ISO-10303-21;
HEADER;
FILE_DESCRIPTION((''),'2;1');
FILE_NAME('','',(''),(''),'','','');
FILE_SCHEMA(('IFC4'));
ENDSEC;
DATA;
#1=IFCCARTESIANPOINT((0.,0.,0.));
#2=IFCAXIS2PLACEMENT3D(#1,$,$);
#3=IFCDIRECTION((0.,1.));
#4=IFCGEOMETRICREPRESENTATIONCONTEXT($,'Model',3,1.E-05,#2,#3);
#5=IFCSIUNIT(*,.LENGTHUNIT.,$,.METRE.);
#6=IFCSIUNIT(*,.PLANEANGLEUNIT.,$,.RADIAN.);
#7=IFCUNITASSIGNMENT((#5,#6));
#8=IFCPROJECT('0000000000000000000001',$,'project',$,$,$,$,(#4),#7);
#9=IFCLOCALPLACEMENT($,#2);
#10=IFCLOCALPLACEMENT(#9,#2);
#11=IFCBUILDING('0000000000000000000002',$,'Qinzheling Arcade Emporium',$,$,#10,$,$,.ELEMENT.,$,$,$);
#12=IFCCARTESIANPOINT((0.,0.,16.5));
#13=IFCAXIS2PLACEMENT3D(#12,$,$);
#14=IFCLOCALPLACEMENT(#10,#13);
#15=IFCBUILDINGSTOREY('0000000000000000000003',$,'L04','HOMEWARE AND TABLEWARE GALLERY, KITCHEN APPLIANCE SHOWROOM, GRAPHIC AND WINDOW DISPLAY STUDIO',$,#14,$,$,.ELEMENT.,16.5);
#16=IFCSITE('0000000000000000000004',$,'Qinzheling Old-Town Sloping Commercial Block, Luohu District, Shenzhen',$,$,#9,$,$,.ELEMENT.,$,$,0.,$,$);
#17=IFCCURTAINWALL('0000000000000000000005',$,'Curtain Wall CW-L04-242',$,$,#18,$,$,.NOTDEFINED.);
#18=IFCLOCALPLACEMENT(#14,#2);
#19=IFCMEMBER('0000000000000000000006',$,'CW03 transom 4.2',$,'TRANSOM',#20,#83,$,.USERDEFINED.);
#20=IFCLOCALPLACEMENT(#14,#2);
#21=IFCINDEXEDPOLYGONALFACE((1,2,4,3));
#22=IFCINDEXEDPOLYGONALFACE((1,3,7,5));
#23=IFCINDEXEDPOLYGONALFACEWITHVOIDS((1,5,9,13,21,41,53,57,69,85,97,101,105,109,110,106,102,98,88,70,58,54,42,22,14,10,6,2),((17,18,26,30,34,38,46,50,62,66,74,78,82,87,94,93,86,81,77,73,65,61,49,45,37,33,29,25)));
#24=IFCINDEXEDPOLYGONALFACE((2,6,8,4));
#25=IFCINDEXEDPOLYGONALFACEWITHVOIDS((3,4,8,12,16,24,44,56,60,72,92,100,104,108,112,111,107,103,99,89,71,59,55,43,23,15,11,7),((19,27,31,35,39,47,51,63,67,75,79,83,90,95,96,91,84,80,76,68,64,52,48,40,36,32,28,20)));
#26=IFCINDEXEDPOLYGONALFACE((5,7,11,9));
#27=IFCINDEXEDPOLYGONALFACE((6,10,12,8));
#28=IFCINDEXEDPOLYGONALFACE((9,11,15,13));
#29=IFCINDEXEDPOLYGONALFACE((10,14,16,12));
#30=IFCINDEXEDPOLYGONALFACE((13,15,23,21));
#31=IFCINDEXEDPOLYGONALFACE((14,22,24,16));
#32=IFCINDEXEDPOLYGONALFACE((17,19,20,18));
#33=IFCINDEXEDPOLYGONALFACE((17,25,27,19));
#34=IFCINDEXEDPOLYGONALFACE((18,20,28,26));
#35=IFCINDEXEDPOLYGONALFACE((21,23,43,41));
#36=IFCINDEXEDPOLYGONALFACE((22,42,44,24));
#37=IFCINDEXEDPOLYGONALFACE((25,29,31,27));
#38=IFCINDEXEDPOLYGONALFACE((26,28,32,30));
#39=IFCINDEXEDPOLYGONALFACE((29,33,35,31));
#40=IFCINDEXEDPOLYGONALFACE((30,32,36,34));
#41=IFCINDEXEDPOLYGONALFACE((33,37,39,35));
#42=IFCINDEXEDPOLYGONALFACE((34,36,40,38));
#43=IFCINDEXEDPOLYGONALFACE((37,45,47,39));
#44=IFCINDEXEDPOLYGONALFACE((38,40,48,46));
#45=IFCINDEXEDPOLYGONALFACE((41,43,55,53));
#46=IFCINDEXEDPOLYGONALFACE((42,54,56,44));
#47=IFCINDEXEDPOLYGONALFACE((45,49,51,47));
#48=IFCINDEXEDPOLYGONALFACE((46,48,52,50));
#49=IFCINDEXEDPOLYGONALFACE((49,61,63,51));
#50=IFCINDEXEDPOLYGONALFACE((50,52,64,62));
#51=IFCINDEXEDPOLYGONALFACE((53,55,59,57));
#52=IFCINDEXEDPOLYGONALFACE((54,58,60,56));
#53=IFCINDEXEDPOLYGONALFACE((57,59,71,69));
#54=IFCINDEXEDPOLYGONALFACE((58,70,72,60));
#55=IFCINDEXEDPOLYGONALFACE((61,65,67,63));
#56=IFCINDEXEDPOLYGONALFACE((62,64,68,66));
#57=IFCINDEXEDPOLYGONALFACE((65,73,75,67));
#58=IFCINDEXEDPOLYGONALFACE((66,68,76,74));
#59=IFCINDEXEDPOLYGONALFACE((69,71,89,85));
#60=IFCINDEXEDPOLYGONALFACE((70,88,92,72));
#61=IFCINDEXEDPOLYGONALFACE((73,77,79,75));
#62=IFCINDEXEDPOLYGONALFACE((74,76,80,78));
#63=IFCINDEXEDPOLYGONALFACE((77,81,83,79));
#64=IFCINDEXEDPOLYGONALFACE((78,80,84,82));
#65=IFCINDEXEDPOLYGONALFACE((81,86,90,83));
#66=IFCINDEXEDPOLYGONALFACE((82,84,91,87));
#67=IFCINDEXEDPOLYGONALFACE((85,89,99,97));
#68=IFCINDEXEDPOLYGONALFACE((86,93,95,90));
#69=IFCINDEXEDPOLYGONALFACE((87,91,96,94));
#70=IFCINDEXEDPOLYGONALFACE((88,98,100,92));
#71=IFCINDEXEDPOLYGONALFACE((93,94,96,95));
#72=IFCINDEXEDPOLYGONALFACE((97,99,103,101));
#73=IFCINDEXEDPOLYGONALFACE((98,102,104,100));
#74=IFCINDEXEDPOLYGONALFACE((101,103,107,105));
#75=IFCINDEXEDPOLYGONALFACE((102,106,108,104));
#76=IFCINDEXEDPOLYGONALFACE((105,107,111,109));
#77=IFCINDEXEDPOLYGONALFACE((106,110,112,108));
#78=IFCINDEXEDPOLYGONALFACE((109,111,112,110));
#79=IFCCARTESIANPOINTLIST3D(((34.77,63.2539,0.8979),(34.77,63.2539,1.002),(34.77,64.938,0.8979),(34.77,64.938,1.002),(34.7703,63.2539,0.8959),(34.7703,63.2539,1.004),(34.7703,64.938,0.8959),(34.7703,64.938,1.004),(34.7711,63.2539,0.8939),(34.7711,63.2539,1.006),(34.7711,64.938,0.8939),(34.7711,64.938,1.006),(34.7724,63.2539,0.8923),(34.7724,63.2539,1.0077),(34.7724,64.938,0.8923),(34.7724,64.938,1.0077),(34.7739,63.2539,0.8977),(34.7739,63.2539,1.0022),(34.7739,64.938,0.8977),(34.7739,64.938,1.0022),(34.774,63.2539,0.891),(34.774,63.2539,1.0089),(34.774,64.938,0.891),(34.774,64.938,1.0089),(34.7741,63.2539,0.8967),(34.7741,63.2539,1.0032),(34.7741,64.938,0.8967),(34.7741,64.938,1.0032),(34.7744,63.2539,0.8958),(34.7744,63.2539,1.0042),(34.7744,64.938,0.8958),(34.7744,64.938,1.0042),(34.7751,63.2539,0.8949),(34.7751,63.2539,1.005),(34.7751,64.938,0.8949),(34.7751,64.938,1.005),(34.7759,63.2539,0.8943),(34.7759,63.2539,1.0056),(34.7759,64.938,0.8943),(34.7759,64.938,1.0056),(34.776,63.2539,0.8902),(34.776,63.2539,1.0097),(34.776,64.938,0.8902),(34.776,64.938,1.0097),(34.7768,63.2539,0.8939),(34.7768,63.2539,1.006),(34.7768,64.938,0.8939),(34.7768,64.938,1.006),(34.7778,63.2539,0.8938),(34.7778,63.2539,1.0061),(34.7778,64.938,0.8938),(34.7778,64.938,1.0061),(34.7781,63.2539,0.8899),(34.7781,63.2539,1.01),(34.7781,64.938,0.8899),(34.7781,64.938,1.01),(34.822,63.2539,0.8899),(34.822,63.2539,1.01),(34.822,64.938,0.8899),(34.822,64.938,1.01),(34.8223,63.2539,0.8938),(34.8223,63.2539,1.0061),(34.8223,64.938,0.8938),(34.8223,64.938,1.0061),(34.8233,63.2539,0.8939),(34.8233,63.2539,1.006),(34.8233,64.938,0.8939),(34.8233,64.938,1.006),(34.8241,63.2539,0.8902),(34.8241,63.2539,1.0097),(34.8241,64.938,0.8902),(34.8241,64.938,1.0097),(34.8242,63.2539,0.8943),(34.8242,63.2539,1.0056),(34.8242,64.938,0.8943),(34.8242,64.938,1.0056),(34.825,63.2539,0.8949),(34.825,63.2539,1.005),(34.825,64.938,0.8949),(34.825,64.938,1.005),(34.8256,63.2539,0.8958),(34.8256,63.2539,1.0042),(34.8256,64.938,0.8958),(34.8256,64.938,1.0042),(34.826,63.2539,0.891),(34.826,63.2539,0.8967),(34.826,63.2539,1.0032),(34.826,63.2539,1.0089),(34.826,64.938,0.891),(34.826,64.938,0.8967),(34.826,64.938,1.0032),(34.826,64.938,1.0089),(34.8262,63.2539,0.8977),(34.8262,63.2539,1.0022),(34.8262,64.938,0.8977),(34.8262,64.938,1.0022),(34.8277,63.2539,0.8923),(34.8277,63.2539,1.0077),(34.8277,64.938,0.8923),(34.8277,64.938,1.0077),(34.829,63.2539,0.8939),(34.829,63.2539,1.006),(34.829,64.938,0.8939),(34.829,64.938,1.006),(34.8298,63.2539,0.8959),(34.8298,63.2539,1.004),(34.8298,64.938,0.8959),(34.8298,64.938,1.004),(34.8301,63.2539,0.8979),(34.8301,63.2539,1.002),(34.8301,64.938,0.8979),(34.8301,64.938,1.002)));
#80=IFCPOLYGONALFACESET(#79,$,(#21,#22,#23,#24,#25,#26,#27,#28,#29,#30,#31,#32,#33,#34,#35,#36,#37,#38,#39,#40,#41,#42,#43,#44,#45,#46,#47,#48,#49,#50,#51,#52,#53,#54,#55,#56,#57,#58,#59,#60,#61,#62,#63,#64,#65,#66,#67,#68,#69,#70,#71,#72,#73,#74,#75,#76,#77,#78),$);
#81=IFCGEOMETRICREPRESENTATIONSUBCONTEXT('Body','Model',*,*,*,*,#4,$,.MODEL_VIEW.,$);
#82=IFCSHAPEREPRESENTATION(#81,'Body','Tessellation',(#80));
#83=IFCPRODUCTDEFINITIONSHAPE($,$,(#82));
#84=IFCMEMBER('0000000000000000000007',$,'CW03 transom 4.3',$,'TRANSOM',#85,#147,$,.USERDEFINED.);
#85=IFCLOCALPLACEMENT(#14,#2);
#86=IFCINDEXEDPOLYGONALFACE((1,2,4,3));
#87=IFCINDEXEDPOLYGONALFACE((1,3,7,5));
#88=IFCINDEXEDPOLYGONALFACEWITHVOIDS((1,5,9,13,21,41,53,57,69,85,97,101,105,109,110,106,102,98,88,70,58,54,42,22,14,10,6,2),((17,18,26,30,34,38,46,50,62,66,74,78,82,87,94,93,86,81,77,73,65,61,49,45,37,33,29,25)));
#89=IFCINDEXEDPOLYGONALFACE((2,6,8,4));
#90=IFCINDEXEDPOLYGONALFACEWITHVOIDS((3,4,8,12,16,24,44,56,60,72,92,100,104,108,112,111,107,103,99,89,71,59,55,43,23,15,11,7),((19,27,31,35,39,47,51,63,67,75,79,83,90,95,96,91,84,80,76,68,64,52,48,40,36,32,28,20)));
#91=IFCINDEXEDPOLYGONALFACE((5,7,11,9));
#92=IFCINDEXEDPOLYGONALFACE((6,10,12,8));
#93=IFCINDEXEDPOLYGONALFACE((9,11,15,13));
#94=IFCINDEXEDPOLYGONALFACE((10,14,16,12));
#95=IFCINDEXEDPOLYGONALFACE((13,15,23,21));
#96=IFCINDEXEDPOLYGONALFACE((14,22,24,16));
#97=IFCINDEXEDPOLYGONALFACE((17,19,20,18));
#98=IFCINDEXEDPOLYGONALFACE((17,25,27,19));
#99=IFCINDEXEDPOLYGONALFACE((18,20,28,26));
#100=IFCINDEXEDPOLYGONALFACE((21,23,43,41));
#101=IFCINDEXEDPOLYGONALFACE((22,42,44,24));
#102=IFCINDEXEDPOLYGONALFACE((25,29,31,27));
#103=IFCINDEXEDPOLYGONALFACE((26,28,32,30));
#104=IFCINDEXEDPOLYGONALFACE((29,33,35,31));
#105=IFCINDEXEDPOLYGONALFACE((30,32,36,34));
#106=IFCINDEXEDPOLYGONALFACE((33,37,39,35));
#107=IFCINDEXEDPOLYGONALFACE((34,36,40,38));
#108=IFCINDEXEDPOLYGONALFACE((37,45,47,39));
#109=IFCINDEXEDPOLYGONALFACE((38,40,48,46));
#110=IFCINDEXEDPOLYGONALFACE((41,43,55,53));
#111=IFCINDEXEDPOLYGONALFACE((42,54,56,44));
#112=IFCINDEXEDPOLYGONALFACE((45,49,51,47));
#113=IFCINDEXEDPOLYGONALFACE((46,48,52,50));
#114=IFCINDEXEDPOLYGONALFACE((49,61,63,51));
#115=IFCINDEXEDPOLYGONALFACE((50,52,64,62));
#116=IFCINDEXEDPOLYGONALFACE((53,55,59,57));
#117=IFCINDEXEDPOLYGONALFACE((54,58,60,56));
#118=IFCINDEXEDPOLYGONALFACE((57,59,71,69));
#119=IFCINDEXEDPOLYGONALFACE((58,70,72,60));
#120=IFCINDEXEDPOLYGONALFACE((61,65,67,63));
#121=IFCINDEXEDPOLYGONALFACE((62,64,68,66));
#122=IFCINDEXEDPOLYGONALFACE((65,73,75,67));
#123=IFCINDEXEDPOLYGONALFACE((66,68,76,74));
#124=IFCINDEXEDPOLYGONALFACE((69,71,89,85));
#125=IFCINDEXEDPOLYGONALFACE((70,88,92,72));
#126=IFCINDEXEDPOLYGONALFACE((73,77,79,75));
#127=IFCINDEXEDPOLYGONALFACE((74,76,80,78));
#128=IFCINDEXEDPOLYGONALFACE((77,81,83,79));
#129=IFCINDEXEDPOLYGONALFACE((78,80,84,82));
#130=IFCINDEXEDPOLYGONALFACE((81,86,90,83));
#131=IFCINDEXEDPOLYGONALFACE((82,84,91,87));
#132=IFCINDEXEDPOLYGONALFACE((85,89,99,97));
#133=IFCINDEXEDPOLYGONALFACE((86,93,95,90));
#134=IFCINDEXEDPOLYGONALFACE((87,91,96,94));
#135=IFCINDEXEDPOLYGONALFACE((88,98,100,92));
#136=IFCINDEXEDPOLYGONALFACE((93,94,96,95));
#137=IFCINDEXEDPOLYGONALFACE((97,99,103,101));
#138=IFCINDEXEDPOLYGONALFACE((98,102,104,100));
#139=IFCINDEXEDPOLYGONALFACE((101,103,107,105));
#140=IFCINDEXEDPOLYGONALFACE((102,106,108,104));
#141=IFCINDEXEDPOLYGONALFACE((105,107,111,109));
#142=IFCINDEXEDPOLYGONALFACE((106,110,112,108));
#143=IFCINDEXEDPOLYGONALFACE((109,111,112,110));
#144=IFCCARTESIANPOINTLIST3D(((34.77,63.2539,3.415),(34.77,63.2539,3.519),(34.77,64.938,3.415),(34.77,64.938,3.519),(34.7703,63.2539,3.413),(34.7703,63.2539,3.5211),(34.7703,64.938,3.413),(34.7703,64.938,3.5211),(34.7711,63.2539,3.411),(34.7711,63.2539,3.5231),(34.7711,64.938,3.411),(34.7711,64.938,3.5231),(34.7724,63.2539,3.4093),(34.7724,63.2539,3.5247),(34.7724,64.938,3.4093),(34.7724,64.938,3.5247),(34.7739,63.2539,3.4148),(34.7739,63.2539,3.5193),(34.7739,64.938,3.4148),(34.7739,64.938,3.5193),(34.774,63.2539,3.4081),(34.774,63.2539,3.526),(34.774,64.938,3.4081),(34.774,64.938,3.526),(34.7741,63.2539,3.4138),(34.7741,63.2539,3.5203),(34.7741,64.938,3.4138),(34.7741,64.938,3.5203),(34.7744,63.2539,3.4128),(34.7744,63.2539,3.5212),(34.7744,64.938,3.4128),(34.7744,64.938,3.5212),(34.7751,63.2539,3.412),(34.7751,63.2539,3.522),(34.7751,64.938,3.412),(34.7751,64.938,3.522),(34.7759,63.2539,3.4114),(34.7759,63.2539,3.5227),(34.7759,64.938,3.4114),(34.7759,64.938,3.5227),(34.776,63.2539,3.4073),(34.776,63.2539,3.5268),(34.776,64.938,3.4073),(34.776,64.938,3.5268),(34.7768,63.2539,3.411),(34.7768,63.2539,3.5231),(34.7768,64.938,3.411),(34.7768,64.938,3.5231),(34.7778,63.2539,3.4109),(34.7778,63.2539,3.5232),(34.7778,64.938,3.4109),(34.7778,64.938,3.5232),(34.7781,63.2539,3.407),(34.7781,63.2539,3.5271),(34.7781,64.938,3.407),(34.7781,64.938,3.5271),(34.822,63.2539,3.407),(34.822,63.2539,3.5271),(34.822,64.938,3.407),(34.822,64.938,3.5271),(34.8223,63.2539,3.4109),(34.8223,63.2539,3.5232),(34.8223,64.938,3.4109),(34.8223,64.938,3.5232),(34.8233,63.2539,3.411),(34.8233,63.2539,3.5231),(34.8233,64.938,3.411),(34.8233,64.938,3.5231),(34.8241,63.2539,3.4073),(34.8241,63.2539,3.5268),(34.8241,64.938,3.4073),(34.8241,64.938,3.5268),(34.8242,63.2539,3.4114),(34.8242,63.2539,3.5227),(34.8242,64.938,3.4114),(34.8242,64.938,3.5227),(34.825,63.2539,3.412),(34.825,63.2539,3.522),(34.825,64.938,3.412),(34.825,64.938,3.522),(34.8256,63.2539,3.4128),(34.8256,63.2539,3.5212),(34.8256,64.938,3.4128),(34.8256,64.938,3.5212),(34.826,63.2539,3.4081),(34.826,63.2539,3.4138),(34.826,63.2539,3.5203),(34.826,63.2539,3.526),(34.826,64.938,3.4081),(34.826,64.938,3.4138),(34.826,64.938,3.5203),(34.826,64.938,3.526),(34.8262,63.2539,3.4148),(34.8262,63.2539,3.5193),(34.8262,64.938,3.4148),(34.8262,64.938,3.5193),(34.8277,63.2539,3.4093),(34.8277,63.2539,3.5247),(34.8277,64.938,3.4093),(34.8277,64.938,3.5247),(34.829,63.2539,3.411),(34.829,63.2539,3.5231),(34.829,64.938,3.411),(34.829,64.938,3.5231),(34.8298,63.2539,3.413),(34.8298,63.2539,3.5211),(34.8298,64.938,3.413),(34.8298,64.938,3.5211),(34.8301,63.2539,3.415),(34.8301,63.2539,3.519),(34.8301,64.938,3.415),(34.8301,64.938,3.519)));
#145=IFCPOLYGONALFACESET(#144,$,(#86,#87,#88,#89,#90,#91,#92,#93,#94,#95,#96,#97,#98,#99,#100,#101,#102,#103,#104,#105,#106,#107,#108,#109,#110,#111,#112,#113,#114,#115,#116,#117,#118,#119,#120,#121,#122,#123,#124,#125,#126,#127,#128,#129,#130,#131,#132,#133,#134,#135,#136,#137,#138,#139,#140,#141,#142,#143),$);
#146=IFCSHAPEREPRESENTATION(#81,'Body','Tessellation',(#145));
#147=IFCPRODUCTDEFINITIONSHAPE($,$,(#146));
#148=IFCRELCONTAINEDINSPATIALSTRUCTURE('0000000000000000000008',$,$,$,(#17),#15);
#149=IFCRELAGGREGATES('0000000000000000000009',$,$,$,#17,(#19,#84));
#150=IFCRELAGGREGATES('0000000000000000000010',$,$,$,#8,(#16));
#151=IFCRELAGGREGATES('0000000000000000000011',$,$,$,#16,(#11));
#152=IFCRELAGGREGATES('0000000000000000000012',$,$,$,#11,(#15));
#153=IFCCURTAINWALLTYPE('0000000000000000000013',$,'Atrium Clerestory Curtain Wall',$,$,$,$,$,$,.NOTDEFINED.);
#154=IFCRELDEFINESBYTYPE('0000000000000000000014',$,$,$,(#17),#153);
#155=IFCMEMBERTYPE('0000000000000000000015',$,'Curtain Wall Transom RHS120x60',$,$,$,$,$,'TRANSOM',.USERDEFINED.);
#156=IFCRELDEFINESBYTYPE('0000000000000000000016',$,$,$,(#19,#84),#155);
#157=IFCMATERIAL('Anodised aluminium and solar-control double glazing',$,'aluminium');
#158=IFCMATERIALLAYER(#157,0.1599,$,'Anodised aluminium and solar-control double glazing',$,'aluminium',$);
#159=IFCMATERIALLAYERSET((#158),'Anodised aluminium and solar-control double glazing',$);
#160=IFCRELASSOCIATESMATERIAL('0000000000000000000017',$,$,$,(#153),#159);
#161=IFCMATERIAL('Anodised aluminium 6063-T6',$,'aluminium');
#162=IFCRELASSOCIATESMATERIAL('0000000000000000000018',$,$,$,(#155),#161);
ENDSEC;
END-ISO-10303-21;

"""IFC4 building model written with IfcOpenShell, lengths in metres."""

from ifc_helpers import new_model, si_unit, direction, frame, origin, origin_2d, place, context, subcontext, project, spatial, hollow_rectangle, extrude, material, layer, layer_set, material_profile, profile_set, type_object, element, aggregate, save


model = new_model("IFC4")

# Units and contexts
model_context = context("Model", 3, precision=1e-05, world=origin(), true_north=direction((0.0, 1.0)))
body_context = subcontext(model_context, "Body", "Model", "MODEL_VIEW")
ifc_project = project(units=[si_unit("LENGTHUNIT", "METRE"), si_unit("PLANEANGLEUNIT", "RADIAN")], contexts=[model_context])

# Site, building, storey
site_placement = place(None, origin())
site = spatial("IfcSite", under=ifc_project, at=site_placement, Name="Qinzheling Old-Town Sloping Commercial Block, Luohu District, Shenzhen", CompositionType="ELEMENT", RefElevation=0.0)
building_placement = place(site_placement, origin())
building = spatial("IfcBuilding", under=site, at=building_placement, Name="Qinzheling Arcade Emporium", CompositionType="ELEMENT")
storey_placement = place(building_placement, frame((0.0, 0.0, 16.5)))
storey = spatial("IfcBuildingStorey", under=building, at=storey_placement, Name="L04", Description="HOMEWARE AND TABLEWARE GALLERY, KITCHEN APPLIANCE SHOWROOM, GRAPHIC AND WINDOW DISPLAY STUDIO", CompositionType="ELEMENT", Elevation=16.5)

# Curtain wall, members
ifc_material_1 = material(Name="Anodised aluminium and solar-control double glazing", Category="aluminium")
ifc_layer_1 = layer(ifc_material_1, 0.1599, Name="Anodised aluminium and solar-control double glazing", Category="aluminium")
ifc_layer_set_1 = layer_set([ifc_layer_1], Name="Anodised aluminium and solar-control double glazing")
curtain_wall_type = type_object("IfcCurtainWallType", Name="Atrium Clerestory Curtain Wall", PredefinedType="NOTDEFINED", material=ifc_layer_set_1)
curtain_wall_placement = place(storey_placement, origin())
curtain_wall = element("IfcCurtainWall", 1, at=curtain_wall_placement, inside=storey, type_object=curtain_wall_type, Name="Curtain Wall CW-L04-242", PredefinedType="NOTDEFINED")
ifc_material_2 = material(Name="Anodised aluminium 6063-T6", Category="aluminium")
ifc_material_profile_1 = material_profile(ifc_material_2, hollow_rectangle(XDim=0.0601, YDim=0.1201, WallThickness=0.0039, InnerFilletRadius=0.0039, OuterFilletRadius=0.0081, at=origin_2d()), Name="RHS 120x60x4", Category="aluminium")
ifc_profile_set_1 = profile_set([ifc_material_profile_1], Name="Anodised aluminium 6063-T6")
member_type_1 = type_object("IfcMemberType", Name="Curtain Wall Transom RHS120x60", ElementType="TRANSOM", PredefinedType="USERDEFINED", material=ifc_profile_set_1)
member_1_placement = place(storey_placement, frame((34.8, 63.2539, 0.95), z_axis=(0.0, 1.0, 0.0), x_axis=(-1.0, 0.0, 0.0)))
member_1 = element("IfcMember", 2, at=member_1_placement, type_object=member_type_1, Name="CW03 transom 4.2", ObjectType="TRANSOM", PredefinedType="USERDEFINED", context=body_context, shape_type="SweptSolid", body=[
    extrude(hollow_rectangle(XDim=0.0601, YDim=0.1201, WallThickness=0.0039, InnerFilletRadius=0.0039, OuterFilletRadius=0.0081, at=origin_2d()), origin(), (0.0, 0.0, 1.0), 1.6841),
])
member_2_placement = place(storey_placement, frame((34.8, 63.2539, 3.467), z_axis=(0.0, 1.0, 0.0), x_axis=(-1.0, 0.0, 0.0)))
member_2 = element("IfcMember", 3, at=member_2_placement, type_object=member_type_1, Name="CW03 transom 4.3", ObjectType="TRANSOM", PredefinedType="USERDEFINED", context=body_context, shape_type="SweptSolid", body=[
    extrude(hollow_rectangle(XDim=0.0601, YDim=0.1201, WallThickness=0.0039, InnerFilletRadius=0.0039, OuterFilletRadius=0.0081, at=origin_2d()), origin(), (0.0, 0.0, 1.0), 1.6841),
])
aggregate(curtain_wall, [member_1, member_2])

save(model, "model.ifc")
